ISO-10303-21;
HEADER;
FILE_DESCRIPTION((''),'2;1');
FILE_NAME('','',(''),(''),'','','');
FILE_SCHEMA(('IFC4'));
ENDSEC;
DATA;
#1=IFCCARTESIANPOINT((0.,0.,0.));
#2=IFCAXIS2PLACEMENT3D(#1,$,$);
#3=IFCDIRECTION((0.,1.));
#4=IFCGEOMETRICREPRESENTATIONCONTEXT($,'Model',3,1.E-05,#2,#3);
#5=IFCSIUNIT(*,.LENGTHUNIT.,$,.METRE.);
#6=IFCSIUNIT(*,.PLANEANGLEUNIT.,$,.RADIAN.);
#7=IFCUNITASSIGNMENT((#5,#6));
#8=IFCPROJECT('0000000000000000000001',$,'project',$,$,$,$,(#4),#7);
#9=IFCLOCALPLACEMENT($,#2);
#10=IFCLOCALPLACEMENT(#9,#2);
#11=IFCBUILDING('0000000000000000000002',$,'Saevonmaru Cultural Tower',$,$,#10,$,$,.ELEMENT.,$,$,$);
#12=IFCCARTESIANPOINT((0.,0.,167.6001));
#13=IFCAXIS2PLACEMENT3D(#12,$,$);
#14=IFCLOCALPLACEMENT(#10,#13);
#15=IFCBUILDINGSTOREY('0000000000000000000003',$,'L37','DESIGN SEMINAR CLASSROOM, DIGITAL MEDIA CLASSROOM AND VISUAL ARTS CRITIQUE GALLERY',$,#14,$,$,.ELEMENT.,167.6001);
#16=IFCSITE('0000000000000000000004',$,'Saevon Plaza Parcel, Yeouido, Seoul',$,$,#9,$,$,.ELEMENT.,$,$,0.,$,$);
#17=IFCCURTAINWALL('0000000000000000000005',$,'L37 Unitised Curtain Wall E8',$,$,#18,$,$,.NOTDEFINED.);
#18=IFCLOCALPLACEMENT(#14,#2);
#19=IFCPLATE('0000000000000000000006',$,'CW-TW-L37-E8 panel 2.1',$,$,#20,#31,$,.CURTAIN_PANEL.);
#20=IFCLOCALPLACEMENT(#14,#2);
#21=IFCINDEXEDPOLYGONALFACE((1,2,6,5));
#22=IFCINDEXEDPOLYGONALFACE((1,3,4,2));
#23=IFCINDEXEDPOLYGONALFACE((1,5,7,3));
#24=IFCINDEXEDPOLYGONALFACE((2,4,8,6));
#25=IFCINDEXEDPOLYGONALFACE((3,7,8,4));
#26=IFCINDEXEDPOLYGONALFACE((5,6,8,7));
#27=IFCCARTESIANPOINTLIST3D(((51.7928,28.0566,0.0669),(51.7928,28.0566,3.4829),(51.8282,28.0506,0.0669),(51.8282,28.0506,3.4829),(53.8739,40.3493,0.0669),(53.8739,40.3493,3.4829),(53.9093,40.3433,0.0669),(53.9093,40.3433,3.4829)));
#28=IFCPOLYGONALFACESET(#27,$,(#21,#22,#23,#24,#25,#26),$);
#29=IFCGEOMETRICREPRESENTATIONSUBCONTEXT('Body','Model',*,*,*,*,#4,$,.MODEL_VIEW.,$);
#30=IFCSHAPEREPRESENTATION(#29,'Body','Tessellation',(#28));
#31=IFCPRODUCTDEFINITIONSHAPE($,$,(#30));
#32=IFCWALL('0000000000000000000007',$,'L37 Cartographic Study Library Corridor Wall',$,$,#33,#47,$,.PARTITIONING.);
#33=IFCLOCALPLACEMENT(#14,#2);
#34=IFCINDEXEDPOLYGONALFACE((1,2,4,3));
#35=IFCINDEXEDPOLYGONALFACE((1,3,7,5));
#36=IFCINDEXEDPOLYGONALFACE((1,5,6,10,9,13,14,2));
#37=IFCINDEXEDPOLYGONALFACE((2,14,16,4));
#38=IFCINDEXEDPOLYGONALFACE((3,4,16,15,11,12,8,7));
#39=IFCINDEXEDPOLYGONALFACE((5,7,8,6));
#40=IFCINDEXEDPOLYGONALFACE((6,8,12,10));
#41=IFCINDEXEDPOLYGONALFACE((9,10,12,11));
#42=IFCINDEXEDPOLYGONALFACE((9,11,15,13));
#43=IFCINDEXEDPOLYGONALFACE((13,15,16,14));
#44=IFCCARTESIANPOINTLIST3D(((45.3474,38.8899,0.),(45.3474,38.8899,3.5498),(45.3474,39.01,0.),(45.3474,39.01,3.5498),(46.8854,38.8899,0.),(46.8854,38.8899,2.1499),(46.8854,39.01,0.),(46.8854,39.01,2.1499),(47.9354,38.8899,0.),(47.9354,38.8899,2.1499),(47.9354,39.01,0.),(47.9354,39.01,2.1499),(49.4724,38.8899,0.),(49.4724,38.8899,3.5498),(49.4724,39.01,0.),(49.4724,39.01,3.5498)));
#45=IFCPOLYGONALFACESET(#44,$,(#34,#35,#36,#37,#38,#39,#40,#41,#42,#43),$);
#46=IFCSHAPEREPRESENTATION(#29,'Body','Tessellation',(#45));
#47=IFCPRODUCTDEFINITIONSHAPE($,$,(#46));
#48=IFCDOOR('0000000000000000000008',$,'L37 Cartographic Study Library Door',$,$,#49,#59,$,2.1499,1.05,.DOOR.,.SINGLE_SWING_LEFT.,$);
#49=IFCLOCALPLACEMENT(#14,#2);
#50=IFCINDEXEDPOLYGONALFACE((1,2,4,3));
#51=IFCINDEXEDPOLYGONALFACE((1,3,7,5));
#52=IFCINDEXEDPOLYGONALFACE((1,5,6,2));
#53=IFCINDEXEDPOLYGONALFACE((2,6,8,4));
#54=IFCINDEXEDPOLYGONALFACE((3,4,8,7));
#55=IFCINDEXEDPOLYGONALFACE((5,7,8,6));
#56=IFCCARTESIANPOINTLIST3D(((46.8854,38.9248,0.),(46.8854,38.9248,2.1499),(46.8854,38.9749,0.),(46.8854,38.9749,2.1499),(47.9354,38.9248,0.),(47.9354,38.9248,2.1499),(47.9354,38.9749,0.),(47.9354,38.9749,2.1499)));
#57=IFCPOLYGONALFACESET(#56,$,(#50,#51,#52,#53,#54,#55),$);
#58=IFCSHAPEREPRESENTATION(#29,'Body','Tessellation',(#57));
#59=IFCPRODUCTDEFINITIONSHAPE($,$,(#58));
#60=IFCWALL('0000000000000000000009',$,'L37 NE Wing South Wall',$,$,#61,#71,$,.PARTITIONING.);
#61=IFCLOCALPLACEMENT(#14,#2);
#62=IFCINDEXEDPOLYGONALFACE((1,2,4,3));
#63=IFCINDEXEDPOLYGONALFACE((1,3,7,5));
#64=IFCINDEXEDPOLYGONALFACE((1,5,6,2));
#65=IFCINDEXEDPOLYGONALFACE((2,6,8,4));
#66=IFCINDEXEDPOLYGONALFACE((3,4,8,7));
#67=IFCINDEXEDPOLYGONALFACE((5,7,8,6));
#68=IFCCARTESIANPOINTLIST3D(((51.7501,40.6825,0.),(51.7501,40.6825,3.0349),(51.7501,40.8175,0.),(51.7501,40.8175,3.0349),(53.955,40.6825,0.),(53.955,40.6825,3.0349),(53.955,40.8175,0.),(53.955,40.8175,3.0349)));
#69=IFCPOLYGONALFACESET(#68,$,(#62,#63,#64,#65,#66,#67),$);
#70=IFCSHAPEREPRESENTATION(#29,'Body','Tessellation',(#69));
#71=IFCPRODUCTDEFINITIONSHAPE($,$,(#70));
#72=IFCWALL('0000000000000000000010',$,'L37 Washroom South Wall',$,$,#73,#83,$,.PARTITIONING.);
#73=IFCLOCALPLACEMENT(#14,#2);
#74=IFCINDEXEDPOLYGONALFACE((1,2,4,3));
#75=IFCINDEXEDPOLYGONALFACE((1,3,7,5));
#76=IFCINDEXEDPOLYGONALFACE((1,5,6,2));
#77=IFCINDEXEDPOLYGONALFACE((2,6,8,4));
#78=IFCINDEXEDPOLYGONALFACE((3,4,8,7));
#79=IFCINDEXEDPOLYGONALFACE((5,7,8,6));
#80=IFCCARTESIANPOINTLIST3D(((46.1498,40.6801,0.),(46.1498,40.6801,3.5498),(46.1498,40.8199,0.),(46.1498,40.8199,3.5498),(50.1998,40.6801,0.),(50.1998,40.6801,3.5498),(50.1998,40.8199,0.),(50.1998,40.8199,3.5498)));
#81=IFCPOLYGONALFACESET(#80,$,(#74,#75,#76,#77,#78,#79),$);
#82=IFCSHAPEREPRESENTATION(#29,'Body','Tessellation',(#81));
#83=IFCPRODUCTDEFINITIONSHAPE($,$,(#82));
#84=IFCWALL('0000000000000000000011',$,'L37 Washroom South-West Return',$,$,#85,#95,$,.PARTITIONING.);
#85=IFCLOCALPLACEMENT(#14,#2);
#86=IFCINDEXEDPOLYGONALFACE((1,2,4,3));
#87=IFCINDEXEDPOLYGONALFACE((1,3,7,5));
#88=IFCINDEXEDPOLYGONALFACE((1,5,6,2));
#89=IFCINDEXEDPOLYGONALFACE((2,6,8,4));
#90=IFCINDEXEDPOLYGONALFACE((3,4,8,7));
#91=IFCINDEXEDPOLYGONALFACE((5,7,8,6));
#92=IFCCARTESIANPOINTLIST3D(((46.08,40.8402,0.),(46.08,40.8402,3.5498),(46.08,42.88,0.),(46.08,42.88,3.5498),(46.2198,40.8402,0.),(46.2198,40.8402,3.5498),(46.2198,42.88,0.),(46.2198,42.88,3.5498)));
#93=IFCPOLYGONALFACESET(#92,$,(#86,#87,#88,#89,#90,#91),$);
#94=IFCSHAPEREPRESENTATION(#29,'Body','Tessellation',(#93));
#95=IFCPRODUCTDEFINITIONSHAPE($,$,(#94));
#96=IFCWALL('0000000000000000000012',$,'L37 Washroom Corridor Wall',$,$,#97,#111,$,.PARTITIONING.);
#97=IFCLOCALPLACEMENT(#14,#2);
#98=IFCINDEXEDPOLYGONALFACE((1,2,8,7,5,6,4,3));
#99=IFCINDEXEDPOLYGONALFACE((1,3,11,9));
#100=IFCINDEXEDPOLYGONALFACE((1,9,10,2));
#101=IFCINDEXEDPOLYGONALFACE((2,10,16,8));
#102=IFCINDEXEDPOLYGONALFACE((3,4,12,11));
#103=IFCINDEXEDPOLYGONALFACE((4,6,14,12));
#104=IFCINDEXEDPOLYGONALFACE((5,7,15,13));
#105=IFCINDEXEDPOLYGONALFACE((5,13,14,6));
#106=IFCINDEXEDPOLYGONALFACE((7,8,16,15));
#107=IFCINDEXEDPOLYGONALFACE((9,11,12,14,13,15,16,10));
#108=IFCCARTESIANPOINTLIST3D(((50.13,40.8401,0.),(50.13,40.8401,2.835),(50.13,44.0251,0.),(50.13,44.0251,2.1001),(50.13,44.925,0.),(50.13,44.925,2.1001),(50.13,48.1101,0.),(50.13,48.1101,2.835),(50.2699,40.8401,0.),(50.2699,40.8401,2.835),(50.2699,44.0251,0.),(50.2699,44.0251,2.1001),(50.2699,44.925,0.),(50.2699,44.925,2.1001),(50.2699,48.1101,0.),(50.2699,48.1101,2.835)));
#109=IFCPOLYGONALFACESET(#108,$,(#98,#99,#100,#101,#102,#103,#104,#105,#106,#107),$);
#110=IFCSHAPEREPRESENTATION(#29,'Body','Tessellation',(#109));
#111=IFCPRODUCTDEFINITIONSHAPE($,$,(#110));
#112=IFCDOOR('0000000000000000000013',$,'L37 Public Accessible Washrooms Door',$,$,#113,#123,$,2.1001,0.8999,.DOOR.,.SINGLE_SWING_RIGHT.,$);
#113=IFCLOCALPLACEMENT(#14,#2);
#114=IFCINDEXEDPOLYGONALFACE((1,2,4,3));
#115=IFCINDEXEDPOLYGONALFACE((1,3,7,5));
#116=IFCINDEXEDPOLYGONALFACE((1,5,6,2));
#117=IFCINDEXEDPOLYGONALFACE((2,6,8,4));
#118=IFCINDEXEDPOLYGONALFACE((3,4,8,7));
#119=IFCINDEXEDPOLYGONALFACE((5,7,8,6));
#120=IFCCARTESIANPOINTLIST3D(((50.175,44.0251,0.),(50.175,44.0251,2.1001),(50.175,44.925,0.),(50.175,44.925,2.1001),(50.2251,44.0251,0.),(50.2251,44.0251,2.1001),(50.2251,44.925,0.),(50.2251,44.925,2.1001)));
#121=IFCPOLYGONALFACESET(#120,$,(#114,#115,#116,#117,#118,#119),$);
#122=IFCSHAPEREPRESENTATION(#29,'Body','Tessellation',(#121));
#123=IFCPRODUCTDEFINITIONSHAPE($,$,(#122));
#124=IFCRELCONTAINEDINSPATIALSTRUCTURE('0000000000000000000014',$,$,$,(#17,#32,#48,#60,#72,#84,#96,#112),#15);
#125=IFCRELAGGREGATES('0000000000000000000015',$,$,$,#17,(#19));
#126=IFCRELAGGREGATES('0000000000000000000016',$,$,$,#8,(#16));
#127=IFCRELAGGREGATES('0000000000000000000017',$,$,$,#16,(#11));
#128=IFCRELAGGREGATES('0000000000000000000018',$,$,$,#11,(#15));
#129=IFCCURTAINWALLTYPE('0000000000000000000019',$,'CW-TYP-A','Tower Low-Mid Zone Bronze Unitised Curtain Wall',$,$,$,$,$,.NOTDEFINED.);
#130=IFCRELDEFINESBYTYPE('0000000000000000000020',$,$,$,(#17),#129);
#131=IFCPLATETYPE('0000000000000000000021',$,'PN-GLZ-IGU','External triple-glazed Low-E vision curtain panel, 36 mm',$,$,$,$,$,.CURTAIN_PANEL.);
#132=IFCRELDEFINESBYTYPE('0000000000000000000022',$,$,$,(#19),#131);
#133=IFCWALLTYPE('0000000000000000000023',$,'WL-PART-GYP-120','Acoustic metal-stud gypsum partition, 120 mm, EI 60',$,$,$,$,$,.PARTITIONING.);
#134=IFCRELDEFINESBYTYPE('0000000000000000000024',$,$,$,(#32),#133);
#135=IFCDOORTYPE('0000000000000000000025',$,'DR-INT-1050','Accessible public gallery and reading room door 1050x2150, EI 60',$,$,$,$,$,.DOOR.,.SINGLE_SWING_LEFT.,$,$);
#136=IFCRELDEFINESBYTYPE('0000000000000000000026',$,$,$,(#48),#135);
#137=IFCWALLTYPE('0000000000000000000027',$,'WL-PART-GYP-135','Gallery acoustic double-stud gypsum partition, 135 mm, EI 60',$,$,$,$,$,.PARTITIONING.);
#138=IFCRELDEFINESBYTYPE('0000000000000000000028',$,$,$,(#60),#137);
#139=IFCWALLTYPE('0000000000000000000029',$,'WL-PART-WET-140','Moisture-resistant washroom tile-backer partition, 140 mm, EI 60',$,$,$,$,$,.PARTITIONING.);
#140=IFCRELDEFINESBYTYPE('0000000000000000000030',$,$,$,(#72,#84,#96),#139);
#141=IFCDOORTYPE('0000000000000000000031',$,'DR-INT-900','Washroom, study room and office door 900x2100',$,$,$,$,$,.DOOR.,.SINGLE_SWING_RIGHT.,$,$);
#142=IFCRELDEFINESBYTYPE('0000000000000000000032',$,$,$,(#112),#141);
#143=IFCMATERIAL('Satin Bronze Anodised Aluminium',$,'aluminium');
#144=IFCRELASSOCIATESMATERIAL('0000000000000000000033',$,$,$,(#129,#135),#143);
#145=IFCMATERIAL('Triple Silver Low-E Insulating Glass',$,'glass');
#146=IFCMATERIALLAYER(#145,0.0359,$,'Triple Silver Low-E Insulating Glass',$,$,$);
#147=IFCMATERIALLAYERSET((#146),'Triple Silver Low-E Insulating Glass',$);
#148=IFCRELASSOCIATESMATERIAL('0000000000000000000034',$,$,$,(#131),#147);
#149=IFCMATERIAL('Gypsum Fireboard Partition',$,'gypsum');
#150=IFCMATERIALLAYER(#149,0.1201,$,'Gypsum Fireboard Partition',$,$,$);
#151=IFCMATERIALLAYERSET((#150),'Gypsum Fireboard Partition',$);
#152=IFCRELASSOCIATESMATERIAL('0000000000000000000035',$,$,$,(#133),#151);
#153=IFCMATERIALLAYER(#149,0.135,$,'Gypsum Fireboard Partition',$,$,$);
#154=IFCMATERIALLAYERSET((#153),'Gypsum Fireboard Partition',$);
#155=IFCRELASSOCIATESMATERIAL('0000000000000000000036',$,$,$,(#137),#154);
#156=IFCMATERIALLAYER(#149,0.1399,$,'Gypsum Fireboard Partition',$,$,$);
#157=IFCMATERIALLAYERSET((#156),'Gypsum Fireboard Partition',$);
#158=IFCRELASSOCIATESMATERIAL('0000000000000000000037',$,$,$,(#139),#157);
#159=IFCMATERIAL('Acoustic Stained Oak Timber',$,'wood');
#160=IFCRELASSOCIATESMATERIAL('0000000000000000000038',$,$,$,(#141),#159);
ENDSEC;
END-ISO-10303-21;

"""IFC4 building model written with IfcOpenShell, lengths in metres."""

from ifc_helpers import new_model, si_unit, direction, frame, frame_2d, origin, origin_2d, place, context, subcontext, project, spatial, rectangle, extrude, material, layer, layer_set, type_object, element, fill, aggregate, save


model = new_model("IFC4")

# Units and contexts
model_context = context("Model", 3, precision=1e-05, world=origin(), true_north=direction((0.0, 1.0)))
body_context = subcontext(model_context, "Body", "Model", "MODEL_VIEW")
ifc_project = project(units=[si_unit("LENGTHUNIT", "METRE"), si_unit("PLANEANGLEUNIT", "RADIAN")], contexts=[model_context])

# Site, building, storey
site_placement = place(None, origin())
site = spatial("IfcSite", under=ifc_project, at=site_placement, Name="Saevon Plaza Parcel, Yeouido, Seoul", CompositionType="ELEMENT", RefElevation=0.0)
building_placement = place(site_placement, origin())
building = spatial("IfcBuilding", under=site, at=building_placement, Name="Saevonmaru Cultural Tower", CompositionType="ELEMENT")
storey_placement = place(building_placement, frame((0.0, 0.0, 167.6001)))
storey = spatial("IfcBuildingStorey", under=building, at=storey_placement, Name="L37", Description="DESIGN SEMINAR CLASSROOM, DIGITAL MEDIA CLASSROOM AND VISUAL ARTS CRITIQUE GALLERY", CompositionType="ELEMENT", Elevation=167.6001)

# Curtain wall, plate
ifc_material_1 = material(Name="Satin Bronze Anodised Aluminium", Category="aluminium")
curtain_wall_type = type_object("IfcCurtainWallType", Name="CW-TYP-A", Description="Tower Low-Mid Zone Bronze Unitised Curtain Wall", PredefinedType="NOTDEFINED", material=ifc_material_1)
curtain_wall_placement = place(storey_placement, origin())
curtain_wall = element("IfcCurtainWall", 1, at=curtain_wall_placement, inside=storey, type_object=curtain_wall_type, Name="L37 Unitised Curtain Wall E8", PredefinedType="NOTDEFINED")
ifc_material_2 = material(Name="Triple Silver Low-E Insulating Glass", Category="glass")
ifc_layer_1 = layer(ifc_material_2, 0.0359, Name="Triple Silver Low-E Insulating Glass")
ifc_layer_set_1 = layer_set([ifc_layer_1], Name="Triple Silver Low-E Insulating Glass")
plate_type = type_object("IfcPlateType", Name="PN-GLZ-IGU", Description="External triple-glazed Low-E vision curtain panel, 36 mm", PredefinedType="CURTAIN_PANEL", material=ifc_layer_set_1)
plate_placement = place(storey_placement, frame((52.8511, 34.2, 0.0669), z_axis=(0.0, 0.0, 1.0), x_axis=(0.166922, 0.98597, 0.0)))
plate = element("IfcPlate", 2, at=plate_placement, type_object=plate_type, Name="CW-TW-L37-E8 panel 2.1", PredefinedType="CURTAIN_PANEL", context=body_context, shape_type="SweptSolid", body=[
    extrude(rectangle(XDim=12.4675, YDim=0.0359, at=origin_2d()), origin(), (0.0, 0.0, 1.0), 3.416),
])
aggregate(curtain_wall, [plate])

# Wall, opening, door
ifc_material_3 = material(Name="Gypsum Fireboard Partition", Category="gypsum")
door_type_1 = type_object("IfcDoorType", Name="DR-INT-1050", Description="Accessible public gallery and reading room door 1050x2150, EI 60", OperationType="SINGLE_SWING_LEFT", PredefinedType="DOOR", material=ifc_material_1)
ifc_layer_2 = layer(ifc_material_3, 0.1201, Name="Gypsum Fireboard Partition")
ifc_layer_set_2 = layer_set([ifc_layer_2], Name="Gypsum Fireboard Partition")
wall_type_1 = type_object("IfcWallType", Name="WL-PART-GYP-120", Description="Acoustic metal-stud gypsum partition, 120 mm, EI 60", PredefinedType="PARTITIONING", material=ifc_layer_set_2)
wall_1_placement = place(storey_placement, frame((45.3474, 38.95, 0.0), z_axis=(0.0, 0.0, 1.0), x_axis=(1.0, 0.0, 0.0)))
wall_1 = element("IfcWall", 3, at=wall_1_placement, inside=storey, type_object=wall_type_1, Name="L37 Cartographic Study Library Corridor Wall", PredefinedType="PARTITIONING", context=body_context, shape_type="SweptSolid", body=[
    extrude(rectangle(XDim=4.125, YDim=0.1201, at=frame_2d((2.0625, 0.0))), origin(), (0.0, 0.0, 1.0), 3.5498),
])
opening_1_placement = place(wall_1_placement, frame((1.5381, 0.0, 0.0)))
opening_1 = element("IfcOpeningElement", 4, at=opening_1_placement, cuts=wall_1, PredefinedType="OPENING", context=body_context, shape_type="SweptSolid", body=[
    extrude(rectangle(XDim=1.05, YDim=2.1499, at=frame_2d((0.5249, 1.075))), frame((0.0, 0.0701, 0.0), z_axis=(0.0, -1.0, 0.0), x_axis=(1.0, 0.0, 0.0)), (0.0, 0.0, 1.0), 0.1401),
])
door_1_placement = place(opening_1_placement, origin())
door_1 = element("IfcDoor", 5, at=door_1_placement, inside=storey, type_object=door_type_1, Name="L37 Cartographic Study Library Door", OperationType="SINGLE_SWING_LEFT", OverallHeight=2.1499, OverallWidth=1.05, PredefinedType="DOOR", context=body_context, shape_type="SweptSolid", body=[
    extrude(rectangle(XDim=1.05, YDim=2.1499, at=frame_2d((0.5249, 1.075))), frame((0.0, 0.0249, 0.0), z_axis=(0.0, -1.0, 0.0), x_axis=(1.0, 0.0, 0.0)), (0.0, 0.0, 1.0), 0.05),
])
fill(opening_1, door_1)
ifc_material_4 = material(Name="Acoustic Stained Oak Timber", Category="wood")

# Walls
ifc_layer_3 = layer(ifc_material_3, 0.135, Name="Gypsum Fireboard Partition")
ifc_layer_set_3 = layer_set([ifc_layer_3], Name="Gypsum Fireboard Partition")
wall_type_2 = type_object("IfcWallType", Name="WL-PART-GYP-135", Description="Gallery acoustic double-stud gypsum partition, 135 mm, EI 60", PredefinedType="PARTITIONING", material=ifc_layer_set_3)
wall_2_placement = place(storey_placement, frame((51.75, 40.75, 0.0), z_axis=(0.0, 0.0, 1.0), x_axis=(1.0, 0.0, 0.0)))
element("IfcWall", 6, at=wall_2_placement, inside=storey, type_object=wall_type_2, Name="L37 NE Wing South Wall", PredefinedType="PARTITIONING", context=body_context, shape_type="SweptSolid", body=[
    extrude(rectangle(XDim=2.2048, YDim=0.135, at=frame_2d((1.1025, 0.0))), origin(), (0.0, 0.0, 1.0), 3.0349),
])
ifc_layer_4 = layer(ifc_material_3, 0.1399, Name="Gypsum Fireboard Partition")
ifc_layer_set_4 = layer_set([ifc_layer_4], Name="Gypsum Fireboard Partition")
wall_type_3 = type_object("IfcWallType", Name="WL-PART-WET-140", Description="Moisture-resistant washroom tile-backer partition, 140 mm, EI 60", PredefinedType="PARTITIONING", material=ifc_layer_set_4)
wall_3_placement = place(storey_placement, frame((46.1499, 40.75, 0.0), z_axis=(0.0, 0.0, 1.0), x_axis=(1.0, 0.0, 0.0)))
element("IfcWall", 7, at=wall_3_placement, inside=storey, type_object=wall_type_3, Name="L37 Washroom South Wall", PredefinedType="PARTITIONING", context=body_context, shape_type="SweptSolid", body=[
    extrude(rectangle(XDim=4.05, YDim=0.1399, at=frame_2d((2.0249, 0.0))), origin(), (0.0, 0.0, 1.0), 3.5498),
])
wall_4_placement = place(storey_placement, frame((46.1499, 40.8401, 0.0), z_axis=(0.0, 0.0, 1.0), x_axis=(0.0, 1.0, 0.0)))
element("IfcWall", 8, at=wall_4_placement, inside=storey, type_object=wall_type_3, Name="L37 Washroom South-West Return", PredefinedType="PARTITIONING", context=body_context, shape_type="SweptSolid", body=[
    extrude(rectangle(XDim=2.0398, YDim=0.1399, at=frame_2d((1.02, 0.0))), origin(), (0.0, 0.0, 1.0), 3.5498),
])

# Wall, opening, door
wall_5_placement = place(storey_placement, frame((50.2, 40.8401, 0.0), z_axis=(0.0, 0.0, 1.0), x_axis=(0.0, 1.0, 0.0)))
wall_5 = element("IfcWall", 9, at=wall_5_placement, inside=storey, type_object=wall_type_3, Name="L37 Washroom Corridor Wall", PredefinedType="PARTITIONING", context=body_context, shape_type="SweptSolid", body=[
    extrude(rectangle(XDim=7.27, YDim=0.1399, at=frame_2d((3.635, 0.0))), origin(), (0.0, 0.0, 1.0), 2.835),
])
opening_2_placement = place(wall_5_placement, frame((3.1851, 0.0, 0.0)))
opening_2 = element("IfcOpeningElement", 10, at=opening_2_placement, cuts=wall_5, PredefinedType="OPENING", context=body_context, shape_type="SweptSolid", body=[
    extrude(rectangle(XDim=0.8999, YDim=2.1001, at=frame_2d((0.45, 1.05))), frame((0.0, 0.0801, 0.0), z_axis=(0.0, -1.0, 0.0), x_axis=(1.0, 0.0, 0.0)), (0.0, 0.0, 1.0), 0.1599),
])
door_type_2 = type_object("IfcDoorType", Name="DR-INT-900", Description="Washroom, study room and office door 900x2100", OperationType="SINGLE_SWING_RIGHT", PredefinedType="DOOR", material=ifc_material_4)
door_2_placement = place(opening_2_placement, origin())
door_2 = element("IfcDoor", 11, at=door_2_placement, inside=storey, type_object=door_type_2, Name="L37 Public Accessible Washrooms Door", OperationType="SINGLE_SWING_RIGHT", OverallHeight=2.1001, OverallWidth=0.8999, PredefinedType="DOOR", context=body_context, shape_type="SweptSolid", body=[
    extrude(rectangle(XDim=0.8999, YDim=2.1001, at=frame_2d((0.45, 1.05))), frame((0.0, 0.0249, 0.0), z_axis=(0.0, -1.0, 0.0), x_axis=(1.0, 0.0, 0.0)), (0.0, 0.0, 1.0), 0.05),
])
fill(opening_2, door_2)

save(model, "model.ifc")
